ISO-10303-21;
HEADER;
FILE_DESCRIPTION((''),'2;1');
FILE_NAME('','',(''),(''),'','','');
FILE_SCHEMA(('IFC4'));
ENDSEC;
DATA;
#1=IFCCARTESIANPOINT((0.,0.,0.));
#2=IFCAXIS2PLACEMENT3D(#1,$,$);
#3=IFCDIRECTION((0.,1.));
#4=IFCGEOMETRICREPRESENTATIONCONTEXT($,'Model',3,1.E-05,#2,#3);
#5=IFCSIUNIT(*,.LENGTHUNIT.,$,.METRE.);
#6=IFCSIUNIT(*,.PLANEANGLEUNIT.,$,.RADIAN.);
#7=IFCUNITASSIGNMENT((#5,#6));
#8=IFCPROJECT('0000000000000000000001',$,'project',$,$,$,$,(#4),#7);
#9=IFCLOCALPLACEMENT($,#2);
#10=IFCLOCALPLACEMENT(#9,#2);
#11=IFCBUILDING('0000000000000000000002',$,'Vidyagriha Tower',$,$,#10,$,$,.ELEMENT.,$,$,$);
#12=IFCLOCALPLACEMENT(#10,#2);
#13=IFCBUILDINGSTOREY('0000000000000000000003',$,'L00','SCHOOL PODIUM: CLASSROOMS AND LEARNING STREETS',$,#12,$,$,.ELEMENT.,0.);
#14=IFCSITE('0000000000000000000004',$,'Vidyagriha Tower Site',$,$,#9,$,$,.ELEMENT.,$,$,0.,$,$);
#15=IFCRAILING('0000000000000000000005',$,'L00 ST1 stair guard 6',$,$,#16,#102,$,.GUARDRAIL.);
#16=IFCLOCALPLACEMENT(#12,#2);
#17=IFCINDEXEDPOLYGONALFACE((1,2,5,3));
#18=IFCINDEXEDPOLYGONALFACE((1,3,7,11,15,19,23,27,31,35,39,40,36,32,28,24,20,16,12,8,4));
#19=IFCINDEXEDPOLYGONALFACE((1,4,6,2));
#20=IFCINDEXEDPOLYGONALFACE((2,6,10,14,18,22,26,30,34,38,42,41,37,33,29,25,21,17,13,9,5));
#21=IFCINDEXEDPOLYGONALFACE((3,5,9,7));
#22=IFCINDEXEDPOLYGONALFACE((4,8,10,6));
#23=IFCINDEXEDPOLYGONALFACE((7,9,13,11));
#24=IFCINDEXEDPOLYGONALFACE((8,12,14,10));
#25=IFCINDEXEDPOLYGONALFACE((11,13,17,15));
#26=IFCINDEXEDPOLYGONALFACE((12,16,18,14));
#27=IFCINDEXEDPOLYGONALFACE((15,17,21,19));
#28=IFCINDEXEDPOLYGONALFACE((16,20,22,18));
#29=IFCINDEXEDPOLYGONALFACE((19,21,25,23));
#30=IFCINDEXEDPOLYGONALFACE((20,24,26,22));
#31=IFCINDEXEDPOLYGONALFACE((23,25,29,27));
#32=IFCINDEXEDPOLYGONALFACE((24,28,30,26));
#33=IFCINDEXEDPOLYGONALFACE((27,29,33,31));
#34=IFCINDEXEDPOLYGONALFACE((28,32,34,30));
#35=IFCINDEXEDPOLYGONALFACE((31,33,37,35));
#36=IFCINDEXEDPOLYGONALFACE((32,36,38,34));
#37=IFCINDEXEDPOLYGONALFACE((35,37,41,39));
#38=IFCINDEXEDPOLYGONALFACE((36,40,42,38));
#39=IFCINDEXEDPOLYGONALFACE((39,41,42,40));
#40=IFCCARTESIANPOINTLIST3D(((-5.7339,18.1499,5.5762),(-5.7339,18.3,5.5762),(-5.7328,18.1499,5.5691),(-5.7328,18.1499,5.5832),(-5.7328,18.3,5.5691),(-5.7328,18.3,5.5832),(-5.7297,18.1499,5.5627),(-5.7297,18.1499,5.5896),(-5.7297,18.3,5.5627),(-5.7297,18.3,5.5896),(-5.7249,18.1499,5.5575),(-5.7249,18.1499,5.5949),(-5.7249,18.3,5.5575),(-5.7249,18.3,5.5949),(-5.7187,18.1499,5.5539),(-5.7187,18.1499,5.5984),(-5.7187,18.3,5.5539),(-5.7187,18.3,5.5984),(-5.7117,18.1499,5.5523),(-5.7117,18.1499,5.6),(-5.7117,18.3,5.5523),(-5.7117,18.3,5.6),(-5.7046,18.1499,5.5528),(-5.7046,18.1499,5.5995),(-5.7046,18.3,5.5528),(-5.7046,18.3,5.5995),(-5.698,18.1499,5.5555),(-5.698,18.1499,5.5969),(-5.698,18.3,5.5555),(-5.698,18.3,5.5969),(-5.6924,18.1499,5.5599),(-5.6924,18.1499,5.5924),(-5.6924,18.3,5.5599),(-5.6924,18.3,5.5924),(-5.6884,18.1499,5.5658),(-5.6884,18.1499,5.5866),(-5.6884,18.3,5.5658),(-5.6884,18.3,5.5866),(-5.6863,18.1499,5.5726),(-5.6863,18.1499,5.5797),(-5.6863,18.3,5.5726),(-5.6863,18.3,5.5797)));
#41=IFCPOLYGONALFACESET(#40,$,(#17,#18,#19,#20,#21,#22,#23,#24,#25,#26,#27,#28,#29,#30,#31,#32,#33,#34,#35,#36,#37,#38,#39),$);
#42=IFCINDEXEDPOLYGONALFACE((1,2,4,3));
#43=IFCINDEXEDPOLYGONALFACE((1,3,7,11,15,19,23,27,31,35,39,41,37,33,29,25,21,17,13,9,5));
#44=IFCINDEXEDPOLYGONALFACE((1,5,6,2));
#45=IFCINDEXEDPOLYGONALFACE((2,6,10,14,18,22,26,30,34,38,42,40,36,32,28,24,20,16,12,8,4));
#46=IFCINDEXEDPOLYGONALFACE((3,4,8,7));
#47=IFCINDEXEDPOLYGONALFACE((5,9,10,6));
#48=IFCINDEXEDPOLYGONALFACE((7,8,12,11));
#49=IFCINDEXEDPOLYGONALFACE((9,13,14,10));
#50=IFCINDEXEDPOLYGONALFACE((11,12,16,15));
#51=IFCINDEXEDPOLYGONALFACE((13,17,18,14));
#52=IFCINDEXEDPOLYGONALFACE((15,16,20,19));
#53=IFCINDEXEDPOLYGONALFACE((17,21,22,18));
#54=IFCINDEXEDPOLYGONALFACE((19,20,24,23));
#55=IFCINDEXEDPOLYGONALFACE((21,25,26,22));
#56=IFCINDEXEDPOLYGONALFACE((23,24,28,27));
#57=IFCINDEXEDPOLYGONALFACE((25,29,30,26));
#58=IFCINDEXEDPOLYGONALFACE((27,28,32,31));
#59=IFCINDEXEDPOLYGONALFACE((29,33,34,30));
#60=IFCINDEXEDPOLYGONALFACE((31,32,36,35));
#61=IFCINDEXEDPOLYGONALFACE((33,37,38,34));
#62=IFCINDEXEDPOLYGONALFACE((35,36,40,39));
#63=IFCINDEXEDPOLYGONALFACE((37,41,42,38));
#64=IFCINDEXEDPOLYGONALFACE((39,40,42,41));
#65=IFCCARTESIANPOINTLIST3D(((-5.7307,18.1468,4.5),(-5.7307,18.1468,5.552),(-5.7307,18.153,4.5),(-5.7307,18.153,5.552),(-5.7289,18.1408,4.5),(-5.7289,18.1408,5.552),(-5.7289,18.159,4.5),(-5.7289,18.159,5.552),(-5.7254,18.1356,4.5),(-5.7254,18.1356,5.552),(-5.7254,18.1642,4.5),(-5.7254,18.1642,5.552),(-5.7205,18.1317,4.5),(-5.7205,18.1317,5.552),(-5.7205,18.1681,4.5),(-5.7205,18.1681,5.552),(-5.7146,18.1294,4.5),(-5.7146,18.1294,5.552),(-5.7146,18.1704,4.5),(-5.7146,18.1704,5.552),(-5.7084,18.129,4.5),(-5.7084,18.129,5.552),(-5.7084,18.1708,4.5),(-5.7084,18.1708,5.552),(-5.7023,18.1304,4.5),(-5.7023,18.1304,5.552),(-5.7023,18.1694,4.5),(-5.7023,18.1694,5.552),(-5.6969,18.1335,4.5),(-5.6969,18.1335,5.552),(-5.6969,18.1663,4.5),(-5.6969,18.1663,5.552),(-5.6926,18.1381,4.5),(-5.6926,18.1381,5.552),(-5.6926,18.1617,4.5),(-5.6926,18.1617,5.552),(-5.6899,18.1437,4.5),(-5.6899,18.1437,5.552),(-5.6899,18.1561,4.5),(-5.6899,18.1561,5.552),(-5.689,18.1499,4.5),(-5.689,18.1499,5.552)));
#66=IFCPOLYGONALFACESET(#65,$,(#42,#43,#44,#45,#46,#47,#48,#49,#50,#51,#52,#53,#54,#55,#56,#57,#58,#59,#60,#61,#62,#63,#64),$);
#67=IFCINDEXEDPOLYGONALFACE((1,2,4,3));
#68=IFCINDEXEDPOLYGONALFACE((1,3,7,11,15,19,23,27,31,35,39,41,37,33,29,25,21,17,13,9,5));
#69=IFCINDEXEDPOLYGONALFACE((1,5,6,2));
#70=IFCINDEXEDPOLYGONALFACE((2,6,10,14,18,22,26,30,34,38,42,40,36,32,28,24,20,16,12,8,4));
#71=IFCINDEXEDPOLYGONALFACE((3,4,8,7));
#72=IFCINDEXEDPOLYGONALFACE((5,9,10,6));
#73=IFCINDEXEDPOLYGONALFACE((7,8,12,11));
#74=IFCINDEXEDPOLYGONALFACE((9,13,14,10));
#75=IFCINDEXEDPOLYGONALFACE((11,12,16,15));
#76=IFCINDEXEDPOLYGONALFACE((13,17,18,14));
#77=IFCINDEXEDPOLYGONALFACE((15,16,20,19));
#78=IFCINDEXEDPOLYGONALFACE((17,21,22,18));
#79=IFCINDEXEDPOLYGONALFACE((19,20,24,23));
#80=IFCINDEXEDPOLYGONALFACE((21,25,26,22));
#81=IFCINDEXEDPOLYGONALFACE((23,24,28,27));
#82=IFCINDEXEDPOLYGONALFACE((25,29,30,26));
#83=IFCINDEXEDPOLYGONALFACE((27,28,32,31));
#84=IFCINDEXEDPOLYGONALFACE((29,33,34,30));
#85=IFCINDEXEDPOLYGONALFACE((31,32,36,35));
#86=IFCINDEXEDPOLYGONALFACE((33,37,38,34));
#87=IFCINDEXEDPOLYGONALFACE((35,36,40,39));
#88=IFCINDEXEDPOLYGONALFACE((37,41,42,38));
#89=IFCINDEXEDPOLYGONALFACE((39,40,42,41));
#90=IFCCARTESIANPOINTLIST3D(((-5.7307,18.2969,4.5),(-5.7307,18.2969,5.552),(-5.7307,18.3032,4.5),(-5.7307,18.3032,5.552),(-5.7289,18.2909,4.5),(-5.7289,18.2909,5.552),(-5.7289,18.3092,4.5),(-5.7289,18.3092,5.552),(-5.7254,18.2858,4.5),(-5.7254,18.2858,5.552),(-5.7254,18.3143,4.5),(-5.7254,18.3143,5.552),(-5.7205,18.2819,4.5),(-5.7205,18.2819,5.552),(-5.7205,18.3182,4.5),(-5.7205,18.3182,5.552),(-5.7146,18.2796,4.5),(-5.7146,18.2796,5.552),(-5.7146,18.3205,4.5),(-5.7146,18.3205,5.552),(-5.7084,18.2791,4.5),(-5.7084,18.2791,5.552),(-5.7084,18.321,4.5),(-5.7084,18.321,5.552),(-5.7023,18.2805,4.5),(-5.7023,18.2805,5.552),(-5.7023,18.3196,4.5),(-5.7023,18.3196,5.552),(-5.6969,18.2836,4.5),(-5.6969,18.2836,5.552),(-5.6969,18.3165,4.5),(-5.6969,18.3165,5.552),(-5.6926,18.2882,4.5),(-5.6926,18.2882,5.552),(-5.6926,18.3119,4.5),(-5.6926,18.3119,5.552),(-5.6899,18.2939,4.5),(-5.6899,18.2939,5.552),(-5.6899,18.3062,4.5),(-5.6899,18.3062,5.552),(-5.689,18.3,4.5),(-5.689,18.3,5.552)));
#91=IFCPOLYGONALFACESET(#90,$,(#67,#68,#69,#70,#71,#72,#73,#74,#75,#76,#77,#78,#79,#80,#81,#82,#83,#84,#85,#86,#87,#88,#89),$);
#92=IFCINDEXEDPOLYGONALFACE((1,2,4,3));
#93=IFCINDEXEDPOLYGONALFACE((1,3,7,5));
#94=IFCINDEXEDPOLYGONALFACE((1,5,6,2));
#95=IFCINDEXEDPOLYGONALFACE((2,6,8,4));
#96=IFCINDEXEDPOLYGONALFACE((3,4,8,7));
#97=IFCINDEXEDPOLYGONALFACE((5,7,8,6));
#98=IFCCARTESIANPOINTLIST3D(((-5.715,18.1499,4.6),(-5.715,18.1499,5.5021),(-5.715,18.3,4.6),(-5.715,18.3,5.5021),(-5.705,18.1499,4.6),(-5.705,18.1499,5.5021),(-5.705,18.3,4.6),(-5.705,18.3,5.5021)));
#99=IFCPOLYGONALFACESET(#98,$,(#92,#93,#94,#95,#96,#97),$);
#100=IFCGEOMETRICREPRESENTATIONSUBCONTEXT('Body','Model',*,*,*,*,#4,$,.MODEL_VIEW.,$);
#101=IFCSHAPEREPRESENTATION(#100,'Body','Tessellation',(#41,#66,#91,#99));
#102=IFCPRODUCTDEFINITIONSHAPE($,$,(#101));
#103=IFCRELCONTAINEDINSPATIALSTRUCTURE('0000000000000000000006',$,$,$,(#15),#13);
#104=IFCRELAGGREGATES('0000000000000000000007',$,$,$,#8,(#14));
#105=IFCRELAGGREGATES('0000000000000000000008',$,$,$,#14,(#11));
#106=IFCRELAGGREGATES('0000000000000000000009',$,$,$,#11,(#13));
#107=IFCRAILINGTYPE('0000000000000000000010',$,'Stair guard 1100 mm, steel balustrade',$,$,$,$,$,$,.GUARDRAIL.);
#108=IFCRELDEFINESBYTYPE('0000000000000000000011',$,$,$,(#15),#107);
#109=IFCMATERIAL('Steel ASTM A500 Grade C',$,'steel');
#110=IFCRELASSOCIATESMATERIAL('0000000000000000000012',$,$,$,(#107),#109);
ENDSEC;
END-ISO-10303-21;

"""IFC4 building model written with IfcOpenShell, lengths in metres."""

from ifc_helpers import new_model, si_unit, direction, frame, origin, origin_2d, place, context, subcontext, project, spatial, rectangle, circle, extrude, material, type_object, element, save


model = new_model("IFC4")

# Units and contexts
model_context = context("Model", 3, precision=1e-05, world=origin(), true_north=direction((0.0, 1.0)))
body_context = subcontext(model_context, "Body", "Model", "MODEL_VIEW")
ifc_project = project(units=[si_unit("LENGTHUNIT", "METRE"), si_unit("PLANEANGLEUNIT", "RADIAN")], contexts=[model_context])

# Site, building, storey
site_placement = place(None, origin())
site = spatial("IfcSite", under=ifc_project, at=site_placement, Name="Vidyagriha Tower Site", CompositionType="ELEMENT", RefElevation=0.0)
building_placement = place(site_placement, origin())
building = spatial("IfcBuilding", under=site, at=building_placement, Name="Vidyagriha Tower", CompositionType="ELEMENT")
storey_placement = place(building_placement, origin())
storey = spatial("IfcBuildingStorey", under=building, at=storey_placement, Name="L00", Description="SCHOOL PODIUM: CLASSROOMS AND LEARNING STREETS", CompositionType="ELEMENT", Elevation=0.0)

# Railing
ifc_material_1 = material(Name="Steel ASTM A500 Grade C", Category="steel")
railing_type_1 = type_object("IfcRailingType", Name="Stair guard 1100 mm, steel balustrade", PredefinedType="GUARDRAIL", material=ifc_material_1)
railing_1_placement = place(storey_placement, frame((-5.71, 18.1499, 4.5)))
element("IfcRailing", 1, at=railing_1_placement, inside=storey, type_object=railing_type_1, Name="L00 ST1 stair guard 6", PredefinedType="GUARDRAIL", context=body_context, shape_type="SweptSolid", body=[
    extrude(circle(Radius=0.0239, at=origin_2d()), frame((0.0, 0.0, 1.0762), z_axis=(0.0, 1.0, 0.0), x_axis=(-1.0, 0.0, 0.0)), (0.0, 0.0, 1.0), 0.1501),
    extrude(circle(Radius=0.021, at=origin_2d()), origin(), (0.0, 0.0, 1.0), 1.052),
    extrude(circle(Radius=0.021, at=origin_2d()), frame((0.0, 0.1501, 0.0)), (0.0, 0.0, 1.0), 1.052),
    extrude(rectangle(XDim=0.01, YDim=0.9021, at=origin_2d()), frame((0.0, 0.0, 0.551), z_axis=(0.0, 1.0, 0.0), x_axis=(-1.0, 0.0, 0.0)), (0.0, 0.0, 1.0), 0.1501),
])

save(model, "model.ifc")
